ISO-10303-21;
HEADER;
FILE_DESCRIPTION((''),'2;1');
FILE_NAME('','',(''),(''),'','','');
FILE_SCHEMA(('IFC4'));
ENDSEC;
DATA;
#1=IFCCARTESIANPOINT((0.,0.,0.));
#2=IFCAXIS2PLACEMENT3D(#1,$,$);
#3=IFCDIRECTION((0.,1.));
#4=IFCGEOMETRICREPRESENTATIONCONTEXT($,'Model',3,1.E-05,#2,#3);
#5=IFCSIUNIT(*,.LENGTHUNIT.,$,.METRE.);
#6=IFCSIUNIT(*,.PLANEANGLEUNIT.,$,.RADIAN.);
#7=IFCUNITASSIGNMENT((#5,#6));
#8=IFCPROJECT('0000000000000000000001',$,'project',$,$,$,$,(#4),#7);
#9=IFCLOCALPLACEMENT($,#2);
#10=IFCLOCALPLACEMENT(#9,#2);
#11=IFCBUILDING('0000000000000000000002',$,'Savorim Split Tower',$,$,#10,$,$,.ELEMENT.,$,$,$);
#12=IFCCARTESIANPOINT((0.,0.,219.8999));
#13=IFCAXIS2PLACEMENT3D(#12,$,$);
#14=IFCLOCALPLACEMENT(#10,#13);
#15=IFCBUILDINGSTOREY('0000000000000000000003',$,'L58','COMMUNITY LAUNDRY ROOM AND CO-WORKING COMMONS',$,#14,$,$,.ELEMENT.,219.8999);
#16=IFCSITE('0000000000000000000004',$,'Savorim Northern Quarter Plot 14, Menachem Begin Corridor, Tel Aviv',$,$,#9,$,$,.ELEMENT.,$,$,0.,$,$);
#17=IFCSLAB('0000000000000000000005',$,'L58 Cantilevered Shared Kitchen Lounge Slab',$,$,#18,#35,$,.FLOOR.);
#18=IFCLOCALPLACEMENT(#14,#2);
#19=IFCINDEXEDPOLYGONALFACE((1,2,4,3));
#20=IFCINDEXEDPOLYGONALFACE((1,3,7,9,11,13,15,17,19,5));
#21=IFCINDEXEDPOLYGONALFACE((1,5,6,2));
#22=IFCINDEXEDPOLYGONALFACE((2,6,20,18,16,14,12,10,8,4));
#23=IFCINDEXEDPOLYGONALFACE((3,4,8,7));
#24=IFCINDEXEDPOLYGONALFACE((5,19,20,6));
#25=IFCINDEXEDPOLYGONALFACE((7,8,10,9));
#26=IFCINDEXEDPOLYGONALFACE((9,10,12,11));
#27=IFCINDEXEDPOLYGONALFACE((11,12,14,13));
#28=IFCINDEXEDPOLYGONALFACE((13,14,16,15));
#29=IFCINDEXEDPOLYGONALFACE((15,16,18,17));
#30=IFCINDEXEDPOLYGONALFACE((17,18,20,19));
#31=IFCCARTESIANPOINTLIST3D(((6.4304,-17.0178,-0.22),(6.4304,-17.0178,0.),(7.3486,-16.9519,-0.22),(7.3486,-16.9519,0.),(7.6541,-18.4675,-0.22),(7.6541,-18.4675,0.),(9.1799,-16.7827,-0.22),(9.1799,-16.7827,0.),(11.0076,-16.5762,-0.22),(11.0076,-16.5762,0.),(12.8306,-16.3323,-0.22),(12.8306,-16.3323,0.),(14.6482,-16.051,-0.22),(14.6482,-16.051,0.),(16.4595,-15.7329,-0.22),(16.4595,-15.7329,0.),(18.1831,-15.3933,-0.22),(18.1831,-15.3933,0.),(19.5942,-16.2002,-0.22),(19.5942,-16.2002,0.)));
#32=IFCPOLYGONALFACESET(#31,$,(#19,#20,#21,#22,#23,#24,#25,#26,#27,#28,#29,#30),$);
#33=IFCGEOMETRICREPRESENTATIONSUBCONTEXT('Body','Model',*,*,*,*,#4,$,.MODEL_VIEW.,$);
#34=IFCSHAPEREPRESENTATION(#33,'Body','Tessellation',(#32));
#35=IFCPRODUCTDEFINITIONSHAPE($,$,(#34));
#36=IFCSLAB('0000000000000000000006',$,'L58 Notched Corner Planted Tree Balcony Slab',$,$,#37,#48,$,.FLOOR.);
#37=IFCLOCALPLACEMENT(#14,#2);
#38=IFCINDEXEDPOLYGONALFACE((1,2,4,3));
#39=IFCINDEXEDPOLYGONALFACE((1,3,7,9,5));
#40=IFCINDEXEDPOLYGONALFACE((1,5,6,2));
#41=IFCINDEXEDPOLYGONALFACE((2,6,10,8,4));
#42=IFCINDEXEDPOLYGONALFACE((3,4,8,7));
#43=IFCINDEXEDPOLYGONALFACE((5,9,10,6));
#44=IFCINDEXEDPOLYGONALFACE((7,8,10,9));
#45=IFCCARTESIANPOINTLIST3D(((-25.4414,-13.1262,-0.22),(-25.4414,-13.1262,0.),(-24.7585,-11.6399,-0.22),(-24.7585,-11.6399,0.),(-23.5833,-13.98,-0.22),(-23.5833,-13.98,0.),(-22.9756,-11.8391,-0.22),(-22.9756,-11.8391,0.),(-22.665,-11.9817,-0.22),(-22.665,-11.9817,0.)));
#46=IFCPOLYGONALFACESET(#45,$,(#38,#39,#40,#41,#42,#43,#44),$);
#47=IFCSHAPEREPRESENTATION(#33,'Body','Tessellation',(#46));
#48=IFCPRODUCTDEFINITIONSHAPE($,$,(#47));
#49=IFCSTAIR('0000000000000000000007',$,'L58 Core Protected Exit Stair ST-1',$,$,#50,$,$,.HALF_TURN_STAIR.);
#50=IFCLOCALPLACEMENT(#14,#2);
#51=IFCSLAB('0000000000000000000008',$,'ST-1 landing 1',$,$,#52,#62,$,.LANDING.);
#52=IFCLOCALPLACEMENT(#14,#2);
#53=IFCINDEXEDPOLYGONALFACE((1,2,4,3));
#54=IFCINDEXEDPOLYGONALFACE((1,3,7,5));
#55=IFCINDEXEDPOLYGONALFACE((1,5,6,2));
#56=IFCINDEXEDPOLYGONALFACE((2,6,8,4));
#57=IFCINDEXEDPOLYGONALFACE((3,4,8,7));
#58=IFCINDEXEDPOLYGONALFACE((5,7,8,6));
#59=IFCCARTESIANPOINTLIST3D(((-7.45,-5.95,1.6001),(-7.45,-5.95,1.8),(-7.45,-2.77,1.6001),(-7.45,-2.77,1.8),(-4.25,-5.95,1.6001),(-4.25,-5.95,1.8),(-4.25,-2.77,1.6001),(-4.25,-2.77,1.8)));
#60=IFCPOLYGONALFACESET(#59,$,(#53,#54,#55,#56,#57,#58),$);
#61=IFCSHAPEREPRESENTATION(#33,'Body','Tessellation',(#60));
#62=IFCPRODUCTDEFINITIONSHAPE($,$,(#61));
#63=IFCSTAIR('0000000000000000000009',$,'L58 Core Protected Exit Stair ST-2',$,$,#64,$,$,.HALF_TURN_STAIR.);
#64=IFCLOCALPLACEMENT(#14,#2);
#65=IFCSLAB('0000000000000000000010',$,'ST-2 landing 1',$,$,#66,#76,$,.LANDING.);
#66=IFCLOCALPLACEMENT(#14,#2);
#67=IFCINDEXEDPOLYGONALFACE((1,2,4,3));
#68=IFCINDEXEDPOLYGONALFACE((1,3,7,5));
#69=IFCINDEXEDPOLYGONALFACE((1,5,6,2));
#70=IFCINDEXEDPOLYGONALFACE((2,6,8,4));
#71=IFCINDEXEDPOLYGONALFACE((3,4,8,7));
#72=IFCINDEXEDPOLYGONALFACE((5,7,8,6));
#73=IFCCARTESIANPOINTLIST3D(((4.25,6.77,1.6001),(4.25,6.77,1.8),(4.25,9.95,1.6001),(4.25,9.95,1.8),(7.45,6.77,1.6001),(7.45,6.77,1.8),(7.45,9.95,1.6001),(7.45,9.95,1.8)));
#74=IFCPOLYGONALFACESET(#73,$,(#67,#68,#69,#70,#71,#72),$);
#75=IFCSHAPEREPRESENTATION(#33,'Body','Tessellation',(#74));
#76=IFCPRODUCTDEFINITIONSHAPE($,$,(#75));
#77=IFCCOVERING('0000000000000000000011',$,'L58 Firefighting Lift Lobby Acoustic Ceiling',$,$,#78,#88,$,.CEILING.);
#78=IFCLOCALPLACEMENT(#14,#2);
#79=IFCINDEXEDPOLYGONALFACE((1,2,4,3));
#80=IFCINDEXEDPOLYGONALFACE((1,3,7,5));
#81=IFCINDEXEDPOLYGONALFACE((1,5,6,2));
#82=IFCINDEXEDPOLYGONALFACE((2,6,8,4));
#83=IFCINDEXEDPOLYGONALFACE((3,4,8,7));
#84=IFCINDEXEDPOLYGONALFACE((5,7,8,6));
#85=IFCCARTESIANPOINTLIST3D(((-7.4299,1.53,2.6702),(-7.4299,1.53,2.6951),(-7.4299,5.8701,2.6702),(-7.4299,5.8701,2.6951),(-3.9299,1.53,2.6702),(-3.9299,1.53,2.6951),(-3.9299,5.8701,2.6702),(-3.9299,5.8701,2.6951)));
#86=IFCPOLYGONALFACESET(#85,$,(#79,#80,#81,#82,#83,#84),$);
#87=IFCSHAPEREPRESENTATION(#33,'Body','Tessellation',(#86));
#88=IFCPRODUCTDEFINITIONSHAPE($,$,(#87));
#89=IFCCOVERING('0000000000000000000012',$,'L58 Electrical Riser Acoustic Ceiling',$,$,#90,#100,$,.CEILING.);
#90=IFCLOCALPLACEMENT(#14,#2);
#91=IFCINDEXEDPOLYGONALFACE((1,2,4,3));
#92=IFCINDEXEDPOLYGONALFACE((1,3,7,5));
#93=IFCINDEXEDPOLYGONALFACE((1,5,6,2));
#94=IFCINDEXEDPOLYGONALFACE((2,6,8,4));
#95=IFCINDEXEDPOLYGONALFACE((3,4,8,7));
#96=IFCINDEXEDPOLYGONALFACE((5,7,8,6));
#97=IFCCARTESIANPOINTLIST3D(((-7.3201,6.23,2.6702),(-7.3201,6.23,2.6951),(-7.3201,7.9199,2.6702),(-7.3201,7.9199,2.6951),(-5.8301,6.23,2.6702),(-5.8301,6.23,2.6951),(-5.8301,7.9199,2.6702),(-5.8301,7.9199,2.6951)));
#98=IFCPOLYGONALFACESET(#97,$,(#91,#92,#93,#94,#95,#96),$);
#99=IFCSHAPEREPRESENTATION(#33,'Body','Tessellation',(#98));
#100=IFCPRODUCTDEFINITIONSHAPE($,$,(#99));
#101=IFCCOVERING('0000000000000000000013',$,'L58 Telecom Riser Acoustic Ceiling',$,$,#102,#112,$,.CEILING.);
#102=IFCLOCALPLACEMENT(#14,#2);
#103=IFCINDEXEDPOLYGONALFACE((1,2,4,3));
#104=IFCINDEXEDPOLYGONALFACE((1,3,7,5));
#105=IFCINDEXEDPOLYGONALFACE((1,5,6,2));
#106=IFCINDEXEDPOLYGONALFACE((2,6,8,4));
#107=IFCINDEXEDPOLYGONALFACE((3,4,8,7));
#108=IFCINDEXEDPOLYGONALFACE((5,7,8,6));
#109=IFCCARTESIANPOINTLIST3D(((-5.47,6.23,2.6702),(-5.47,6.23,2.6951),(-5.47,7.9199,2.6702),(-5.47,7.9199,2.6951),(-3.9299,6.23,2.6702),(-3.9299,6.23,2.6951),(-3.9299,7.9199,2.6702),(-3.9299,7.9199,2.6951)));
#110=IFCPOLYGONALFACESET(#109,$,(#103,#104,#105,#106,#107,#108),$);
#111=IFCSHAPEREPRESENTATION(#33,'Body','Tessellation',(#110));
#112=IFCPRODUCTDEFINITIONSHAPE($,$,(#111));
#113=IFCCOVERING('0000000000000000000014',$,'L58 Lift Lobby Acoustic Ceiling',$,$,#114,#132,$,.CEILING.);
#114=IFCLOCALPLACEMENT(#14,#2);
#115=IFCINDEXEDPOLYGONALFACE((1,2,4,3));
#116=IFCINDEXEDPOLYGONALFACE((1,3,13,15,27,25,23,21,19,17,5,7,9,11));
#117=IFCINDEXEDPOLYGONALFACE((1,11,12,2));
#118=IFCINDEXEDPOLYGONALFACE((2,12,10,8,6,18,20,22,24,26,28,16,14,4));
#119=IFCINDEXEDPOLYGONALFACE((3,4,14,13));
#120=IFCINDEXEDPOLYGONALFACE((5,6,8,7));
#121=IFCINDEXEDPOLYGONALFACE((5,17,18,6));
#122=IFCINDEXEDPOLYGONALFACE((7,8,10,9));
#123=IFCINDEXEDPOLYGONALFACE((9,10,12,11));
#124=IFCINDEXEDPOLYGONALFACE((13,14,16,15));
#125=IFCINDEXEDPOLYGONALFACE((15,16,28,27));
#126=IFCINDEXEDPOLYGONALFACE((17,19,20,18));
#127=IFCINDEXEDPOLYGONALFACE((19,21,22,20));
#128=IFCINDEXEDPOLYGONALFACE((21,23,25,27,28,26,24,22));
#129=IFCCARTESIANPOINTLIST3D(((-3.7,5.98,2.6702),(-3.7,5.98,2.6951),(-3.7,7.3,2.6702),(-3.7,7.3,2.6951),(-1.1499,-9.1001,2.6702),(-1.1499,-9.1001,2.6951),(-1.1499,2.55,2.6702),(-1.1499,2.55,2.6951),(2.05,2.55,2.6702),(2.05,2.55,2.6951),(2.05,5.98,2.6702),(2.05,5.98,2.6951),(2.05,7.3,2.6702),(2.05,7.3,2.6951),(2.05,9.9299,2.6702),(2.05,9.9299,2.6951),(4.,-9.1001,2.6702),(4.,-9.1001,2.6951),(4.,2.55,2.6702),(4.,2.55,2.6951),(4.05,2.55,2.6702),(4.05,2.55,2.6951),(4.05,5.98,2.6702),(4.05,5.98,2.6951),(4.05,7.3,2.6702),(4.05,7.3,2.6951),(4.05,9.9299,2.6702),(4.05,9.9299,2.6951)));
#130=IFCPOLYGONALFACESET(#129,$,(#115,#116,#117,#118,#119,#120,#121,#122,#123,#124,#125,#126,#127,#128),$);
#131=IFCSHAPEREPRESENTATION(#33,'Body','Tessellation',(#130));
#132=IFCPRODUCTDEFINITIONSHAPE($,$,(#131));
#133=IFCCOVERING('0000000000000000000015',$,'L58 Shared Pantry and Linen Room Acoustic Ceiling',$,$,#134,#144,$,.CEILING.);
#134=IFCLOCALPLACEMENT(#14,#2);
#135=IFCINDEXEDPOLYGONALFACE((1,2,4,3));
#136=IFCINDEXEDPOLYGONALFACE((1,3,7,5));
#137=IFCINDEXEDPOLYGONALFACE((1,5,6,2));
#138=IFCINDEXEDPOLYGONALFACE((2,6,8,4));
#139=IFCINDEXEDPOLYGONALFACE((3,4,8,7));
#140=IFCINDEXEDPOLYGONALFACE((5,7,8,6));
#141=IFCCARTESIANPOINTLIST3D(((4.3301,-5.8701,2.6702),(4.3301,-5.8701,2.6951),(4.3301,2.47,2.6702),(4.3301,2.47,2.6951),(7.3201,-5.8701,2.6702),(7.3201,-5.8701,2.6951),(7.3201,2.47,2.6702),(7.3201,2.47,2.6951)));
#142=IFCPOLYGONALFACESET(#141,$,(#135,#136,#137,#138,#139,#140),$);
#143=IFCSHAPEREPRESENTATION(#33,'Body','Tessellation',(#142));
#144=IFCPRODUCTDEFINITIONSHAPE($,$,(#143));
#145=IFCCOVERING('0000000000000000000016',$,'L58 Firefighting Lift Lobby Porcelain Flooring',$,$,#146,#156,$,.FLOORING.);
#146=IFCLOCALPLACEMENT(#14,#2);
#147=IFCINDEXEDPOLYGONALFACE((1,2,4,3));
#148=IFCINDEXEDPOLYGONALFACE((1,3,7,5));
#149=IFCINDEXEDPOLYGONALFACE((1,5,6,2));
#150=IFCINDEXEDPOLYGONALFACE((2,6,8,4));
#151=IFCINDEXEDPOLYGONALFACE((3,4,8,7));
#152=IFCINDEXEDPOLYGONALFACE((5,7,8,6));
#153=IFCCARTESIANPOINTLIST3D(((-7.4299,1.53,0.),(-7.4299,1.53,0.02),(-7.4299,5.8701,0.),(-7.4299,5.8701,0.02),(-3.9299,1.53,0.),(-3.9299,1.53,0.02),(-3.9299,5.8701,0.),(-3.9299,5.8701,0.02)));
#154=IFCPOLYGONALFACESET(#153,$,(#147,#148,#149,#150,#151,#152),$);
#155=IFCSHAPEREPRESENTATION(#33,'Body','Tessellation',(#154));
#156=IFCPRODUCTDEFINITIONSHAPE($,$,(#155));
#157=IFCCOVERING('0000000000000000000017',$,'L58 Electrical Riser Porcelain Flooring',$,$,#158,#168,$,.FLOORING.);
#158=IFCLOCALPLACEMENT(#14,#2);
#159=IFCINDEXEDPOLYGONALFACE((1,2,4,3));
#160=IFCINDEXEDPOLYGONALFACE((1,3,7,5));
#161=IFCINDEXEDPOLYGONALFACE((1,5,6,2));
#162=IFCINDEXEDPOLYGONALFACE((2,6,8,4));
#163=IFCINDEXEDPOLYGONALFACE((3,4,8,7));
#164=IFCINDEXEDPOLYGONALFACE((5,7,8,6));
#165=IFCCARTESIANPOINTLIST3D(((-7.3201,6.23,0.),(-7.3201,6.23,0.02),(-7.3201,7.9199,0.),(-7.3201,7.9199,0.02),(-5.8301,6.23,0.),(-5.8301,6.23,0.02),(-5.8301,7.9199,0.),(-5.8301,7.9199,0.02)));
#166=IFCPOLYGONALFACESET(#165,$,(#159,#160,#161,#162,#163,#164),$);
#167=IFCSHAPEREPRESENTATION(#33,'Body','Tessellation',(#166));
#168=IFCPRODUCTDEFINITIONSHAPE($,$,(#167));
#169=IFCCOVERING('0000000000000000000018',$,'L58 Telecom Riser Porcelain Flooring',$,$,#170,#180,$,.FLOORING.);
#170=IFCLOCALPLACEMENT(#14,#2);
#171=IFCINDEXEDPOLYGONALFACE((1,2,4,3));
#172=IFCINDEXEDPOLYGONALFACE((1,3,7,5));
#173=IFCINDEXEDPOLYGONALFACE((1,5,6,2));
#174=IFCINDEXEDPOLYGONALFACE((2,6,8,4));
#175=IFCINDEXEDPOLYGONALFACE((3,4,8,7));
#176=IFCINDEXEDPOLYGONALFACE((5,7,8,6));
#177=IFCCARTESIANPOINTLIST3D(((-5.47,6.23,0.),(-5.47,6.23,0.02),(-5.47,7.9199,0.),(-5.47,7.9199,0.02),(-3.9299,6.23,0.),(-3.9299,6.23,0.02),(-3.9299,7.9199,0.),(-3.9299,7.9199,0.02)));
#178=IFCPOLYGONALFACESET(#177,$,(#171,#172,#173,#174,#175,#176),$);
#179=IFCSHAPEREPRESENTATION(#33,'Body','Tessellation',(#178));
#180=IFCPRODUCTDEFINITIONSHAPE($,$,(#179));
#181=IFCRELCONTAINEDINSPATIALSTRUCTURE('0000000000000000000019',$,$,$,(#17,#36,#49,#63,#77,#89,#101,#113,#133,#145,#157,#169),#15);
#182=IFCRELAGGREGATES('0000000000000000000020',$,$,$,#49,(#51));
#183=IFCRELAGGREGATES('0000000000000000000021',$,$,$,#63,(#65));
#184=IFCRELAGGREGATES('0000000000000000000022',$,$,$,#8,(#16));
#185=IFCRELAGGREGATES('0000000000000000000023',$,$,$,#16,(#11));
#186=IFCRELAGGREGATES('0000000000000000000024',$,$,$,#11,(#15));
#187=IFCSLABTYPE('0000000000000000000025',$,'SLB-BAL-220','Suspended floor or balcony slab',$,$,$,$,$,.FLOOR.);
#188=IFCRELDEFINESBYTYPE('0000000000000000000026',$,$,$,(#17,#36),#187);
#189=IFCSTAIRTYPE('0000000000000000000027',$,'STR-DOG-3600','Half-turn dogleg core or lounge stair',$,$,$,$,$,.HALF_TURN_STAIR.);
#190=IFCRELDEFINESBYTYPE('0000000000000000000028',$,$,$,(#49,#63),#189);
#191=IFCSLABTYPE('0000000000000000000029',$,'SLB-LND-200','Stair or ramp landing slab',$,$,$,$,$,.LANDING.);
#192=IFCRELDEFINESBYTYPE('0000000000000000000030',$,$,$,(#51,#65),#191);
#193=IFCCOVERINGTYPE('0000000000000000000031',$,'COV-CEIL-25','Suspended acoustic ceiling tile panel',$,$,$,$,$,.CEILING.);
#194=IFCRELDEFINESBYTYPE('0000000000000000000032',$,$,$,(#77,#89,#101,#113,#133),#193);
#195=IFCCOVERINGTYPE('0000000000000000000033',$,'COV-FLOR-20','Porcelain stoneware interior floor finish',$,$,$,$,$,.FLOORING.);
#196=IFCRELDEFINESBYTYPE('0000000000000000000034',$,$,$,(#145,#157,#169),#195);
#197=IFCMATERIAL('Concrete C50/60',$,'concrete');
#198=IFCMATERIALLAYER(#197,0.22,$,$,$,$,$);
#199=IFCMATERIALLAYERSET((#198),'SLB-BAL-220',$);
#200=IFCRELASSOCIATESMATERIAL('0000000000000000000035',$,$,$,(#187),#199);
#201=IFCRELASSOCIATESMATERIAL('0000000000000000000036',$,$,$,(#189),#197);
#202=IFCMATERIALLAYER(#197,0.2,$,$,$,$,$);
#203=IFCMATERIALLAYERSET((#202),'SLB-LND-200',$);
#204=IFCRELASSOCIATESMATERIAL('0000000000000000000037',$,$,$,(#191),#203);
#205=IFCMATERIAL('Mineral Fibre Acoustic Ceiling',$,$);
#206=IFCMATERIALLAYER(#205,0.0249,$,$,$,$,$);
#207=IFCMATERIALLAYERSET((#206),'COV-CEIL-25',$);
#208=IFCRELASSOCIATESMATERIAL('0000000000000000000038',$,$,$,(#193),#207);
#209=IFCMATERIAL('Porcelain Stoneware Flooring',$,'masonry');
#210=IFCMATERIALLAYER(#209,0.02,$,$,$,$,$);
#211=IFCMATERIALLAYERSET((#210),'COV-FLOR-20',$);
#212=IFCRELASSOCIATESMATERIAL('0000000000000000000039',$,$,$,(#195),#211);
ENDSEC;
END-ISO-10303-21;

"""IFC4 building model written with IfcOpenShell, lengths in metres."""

from ifc_helpers import new_model, si_unit, direction, frame, origin, place, context, subcontext, project, spatial, polyline, outline, extrude, material, layer, layer_set, type_object, element, aggregate, save


model = new_model("IFC4")

# Units and contexts
model_context = context("Model", 3, precision=1e-05, world=origin(), true_north=direction((0.0, 1.0)))
body_context = subcontext(model_context, "Body", "Model", "MODEL_VIEW")
ifc_project = project(units=[si_unit("LENGTHUNIT", "METRE"), si_unit("PLANEANGLEUNIT", "RADIAN")], contexts=[model_context])

# Site, building, storey
site_placement = place(None, origin())
site = spatial("IfcSite", under=ifc_project, at=site_placement, Name="Savorim Northern Quarter Plot 14, Menachem Begin Corridor, Tel Aviv", CompositionType="ELEMENT", RefElevation=0.0)
building_placement = place(site_placement, origin())
building = spatial("IfcBuilding", under=site, at=building_placement, Name="Savorim Split Tower", CompositionType="ELEMENT")
storey_placement = place(building_placement, frame((0.0, 0.0, 219.8999)))
storey = spatial("IfcBuildingStorey", under=building, at=storey_placement, Name="L58", Description="COMMUNITY LAUNDRY ROOM AND CO-WORKING COMMONS", CompositionType="ELEMENT", Elevation=219.8999)

# Slabs
ifc_material_1 = material(Name="Concrete C50/60", Category="concrete")
ifc_layer_1 = layer(ifc_material_1, 0.22)
ifc_layer_set_1 = layer_set([ifc_layer_1], Name="SLB-BAL-220")
slab_type_1 = type_object("IfcSlabType", Name="SLB-BAL-220", Description="Suspended floor or balcony slab", PredefinedType="FLOOR", material=ifc_layer_set_1)
slab_1_placement = place(storey_placement, frame((0.0, 0.0, -0.22)))
element("IfcSlab", 1, at=slab_1_placement, inside=storey, type_object=slab_type_1, Name="L58 Cantilevered Shared Kitchen Lounge Slab", PredefinedType="FLOOR", context=body_context, shape_type="SweptSolid", body=[
    extrude(outline(polyline([(18.1831, -15.3933), (16.4595, -15.7329), (14.6482, -16.051), (12.8306, -16.3323), (11.0076, -16.5762), (9.1799, -16.7827), (7.3486, -16.9519), (6.4304, -17.0178), (7.6541, -18.4675), (19.5942, -16.2002), (18.1831, -15.3933)])), origin(), (0.0, 0.0, 1.0), 0.22),
])
slab_2_placement = place(storey_placement, frame((0.0, 0.0, -0.22)))
element("IfcSlab", 2, at=slab_2_placement, inside=storey, type_object=slab_type_1, Name="L58 Notched Corner Planted Tree Balcony Slab", PredefinedType="FLOOR", context=body_context, shape_type="SweptSolid", body=[
    extrude(outline(polyline([(-23.5833, -13.98), (-22.665, -11.9817), (-22.9756, -11.8391), (-24.7585, -11.6399), (-25.4414, -13.1262), (-23.5833, -13.98)])), origin(), (0.0, 0.0, 1.0), 0.22),
])

# Stairs, slabs
stair_type = type_object("IfcStairType", Name="STR-DOG-3600", Description="Half-turn dogleg core or lounge stair", PredefinedType="HALF_TURN_STAIR", material=ifc_material_1)
stair_1_placement = place(storey_placement, origin())
stair_1 = element("IfcStair", 3, at=stair_1_placement, inside=storey, type_object=stair_type, Name="L58 Core Protected Exit Stair ST-1", PredefinedType="HALF_TURN_STAIR")
ifc_layer_2 = layer(ifc_material_1, 0.2)
ifc_layer_set_2 = layer_set([ifc_layer_2], Name="SLB-LND-200")
slab_type_2 = type_object("IfcSlabType", Name="SLB-LND-200", Description="Stair or ramp landing slab", PredefinedType="LANDING", material=ifc_layer_set_2)
slab_3_placement = place(storey_placement, frame((0.0, 0.0, 1.6001)))
slab_3 = element("IfcSlab", 4, at=slab_3_placement, type_object=slab_type_2, Name="ST-1 landing 1", PredefinedType="LANDING", context=body_context, shape_type="SweptSolid", body=[
    extrude(outline(polyline([(-7.45, -2.77), (-7.45, -5.95), (-4.25, -5.95), (-4.25, -2.77), (-7.45, -2.77)])), origin(), (0.0, 0.0, 1.0), 0.2),
])
aggregate(stair_1, [slab_3])
stair_2_placement = place(storey_placement, origin())
stair_2 = element("IfcStair", 5, at=stair_2_placement, inside=storey, type_object=stair_type, Name="L58 Core Protected Exit Stair ST-2", PredefinedType="HALF_TURN_STAIR")
slab_4_placement = place(storey_placement, frame((0.0, 0.0, 1.6001)))
slab_4 = element("IfcSlab", 6, at=slab_4_placement, type_object=slab_type_2, Name="ST-2 landing 1", PredefinedType="LANDING", context=body_context, shape_type="SweptSolid", body=[
    extrude(outline(polyline([(7.45, 6.77), (7.45, 9.95), (4.25, 9.95), (4.25, 6.77), (7.45, 6.77)])), origin(), (0.0, 0.0, 1.0), 0.2),
])
aggregate(stair_2, [slab_4])

# Coverings
ifc_material_2 = material(Name="Mineral Fibre Acoustic Ceiling")
ifc_layer_3 = layer(ifc_material_2, 0.0249)
ifc_layer_set_3 = layer_set([ifc_layer_3], Name="COV-CEIL-25")
covering_type_1 = type_object("IfcCoveringType", Name="COV-CEIL-25", Description="Suspended acoustic ceiling tile panel", PredefinedType="CEILING", material=ifc_layer_set_3)
covering_1_placement = place(storey_placement, frame((0.0, 0.0, 2.6702)))
element("IfcCovering", 7, at=covering_1_placement, inside=storey, type_object=covering_type_1, Name="L58 Firefighting Lift Lobby Acoustic Ceiling", PredefinedType="CEILING", context=body_context, shape_type="SweptSolid", body=[
    extrude(outline(polyline([(-7.4299, 5.8701), (-7.4299, 1.53), (-3.9299, 1.53), (-3.9299, 5.8701), (-7.4299, 5.8701)])), origin(), (0.0, 0.0, 1.0), 0.0249),
])
covering_2_placement = place(storey_placement, frame((0.0, 0.0, 2.6702)))
element("IfcCovering", 8, at=covering_2_placement, inside=storey, type_object=covering_type_1, Name="L58 Electrical Riser Acoustic Ceiling", PredefinedType="CEILING", context=body_context, shape_type="SweptSolid", body=[
    extrude(outline(polyline([(-7.3201, 7.9199), (-7.3201, 6.23), (-5.8301, 6.23), (-5.8301, 7.9199), (-7.3201, 7.9199)])), origin(), (0.0, 0.0, 1.0), 0.0249),
])
covering_3_placement = place(storey_placement, frame((0.0, 0.0, 2.6702)))
element("IfcCovering", 9, at=covering_3_placement, inside=storey, type_object=covering_type_1, Name="L58 Telecom Riser Acoustic Ceiling", PredefinedType="CEILING", context=body_context, shape_type="SweptSolid", body=[
    extrude(outline(polyline([(-5.47, 7.9199), (-5.47, 6.23), (-3.9299, 6.23), (-3.9299, 7.9199), (-5.47, 7.9199)])), origin(), (0.0, 0.0, 1.0), 0.0249),
])
covering_4_placement = place(storey_placement, frame((0.0, 0.0, 2.6702)))
element("IfcCovering", 10, at=covering_4_placement, inside=storey, type_object=covering_type_1, Name="L58 Lift Lobby Acoustic Ceiling", PredefinedType="CEILING", context=body_context, shape_type="SweptSolid", body=[
    extrude(outline(polyline([(2.05, 2.55), (-1.1499, 2.55), (-1.1499, -9.1001), (4.0, -9.1001), (4.0, 2.55), (4.05, 2.55), (4.05, 5.98), (4.05, 7.3), (4.05, 9.9299), (2.05, 9.9299), (2.05, 7.3), (-3.7, 7.3), (-3.7, 5.98), (2.05, 5.98), (2.05, 2.55)])), origin(), (0.0, 0.0, 1.0), 0.0249),
])
covering_5_placement = place(storey_placement, frame((0.0, 0.0, 2.6702)))
element("IfcCovering", 11, at=covering_5_placement, inside=storey, type_object=covering_type_1, Name="L58 Shared Pantry and Linen Room Acoustic Ceiling", PredefinedType="CEILING", context=body_context, shape_type="SweptSolid", body=[
    extrude(outline(polyline([(4.3301, 2.47), (4.3301, -5.8701), (7.3201, -5.8701), (7.3201, 2.47), (4.3301, 2.47)])), origin(), (0.0, 0.0, 1.0), 0.0249),
])
ifc_material_3 = material(Name="Porcelain Stoneware Flooring", Category="masonry")
ifc_layer_4 = layer(ifc_material_3, 0.02)
ifc_layer_set_4 = layer_set([ifc_layer_4], Name="COV-FLOR-20")
covering_type_2 = type_object("IfcCoveringType", Name="COV-FLOR-20", Description="Porcelain stoneware interior floor finish", PredefinedType="FLOORING", material=ifc_layer_set_4)
covering_6_placement = place(storey_placement, origin())
element("IfcCovering", 12, at=covering_6_placement, inside=storey, type_object=covering_type_2, Name="L58 Firefighting Lift Lobby Porcelain Flooring", PredefinedType="FLOORING", context=body_context, shape_type="SweptSolid", body=[
    extrude(outline(polyline([(-7.4299, 5.8701), (-7.4299, 1.53), (-3.9299, 1.53), (-3.9299, 5.8701), (-7.4299, 5.8701)])), origin(), (0.0, 0.0, 1.0), 0.02),
])
covering_7_placement = place(storey_placement, origin())
element("IfcCovering", 13, at=covering_7_placement, inside=storey, type_object=covering_type_2, Name="L58 Electrical Riser Porcelain Flooring", PredefinedType="FLOORING", context=body_context, shape_type="SweptSolid", body=[
    extrude(outline(polyline([(-7.3201, 7.9199), (-7.3201, 6.23), (-5.8301, 6.23), (-5.8301, 7.9199), (-7.3201, 7.9199)])), origin(), (0.0, 0.0, 1.0), 0.02),
])
covering_8_placement = place(storey_placement, origin())
element("IfcCovering", 14, at=covering_8_placement, inside=storey, type_object=covering_type_2, Name="L58 Telecom Riser Porcelain Flooring", PredefinedType="FLOORING", context=body_context, shape_type="SweptSolid", body=[
    extrude(outline(polyline([(-5.47, 7.9199), (-5.47, 6.23), (-3.9299, 6.23), (-3.9299, 7.9199), (-5.47, 7.9199)])), origin(), (0.0, 0.0, 1.0), 0.02),
])

save(model, "model.ifc")
